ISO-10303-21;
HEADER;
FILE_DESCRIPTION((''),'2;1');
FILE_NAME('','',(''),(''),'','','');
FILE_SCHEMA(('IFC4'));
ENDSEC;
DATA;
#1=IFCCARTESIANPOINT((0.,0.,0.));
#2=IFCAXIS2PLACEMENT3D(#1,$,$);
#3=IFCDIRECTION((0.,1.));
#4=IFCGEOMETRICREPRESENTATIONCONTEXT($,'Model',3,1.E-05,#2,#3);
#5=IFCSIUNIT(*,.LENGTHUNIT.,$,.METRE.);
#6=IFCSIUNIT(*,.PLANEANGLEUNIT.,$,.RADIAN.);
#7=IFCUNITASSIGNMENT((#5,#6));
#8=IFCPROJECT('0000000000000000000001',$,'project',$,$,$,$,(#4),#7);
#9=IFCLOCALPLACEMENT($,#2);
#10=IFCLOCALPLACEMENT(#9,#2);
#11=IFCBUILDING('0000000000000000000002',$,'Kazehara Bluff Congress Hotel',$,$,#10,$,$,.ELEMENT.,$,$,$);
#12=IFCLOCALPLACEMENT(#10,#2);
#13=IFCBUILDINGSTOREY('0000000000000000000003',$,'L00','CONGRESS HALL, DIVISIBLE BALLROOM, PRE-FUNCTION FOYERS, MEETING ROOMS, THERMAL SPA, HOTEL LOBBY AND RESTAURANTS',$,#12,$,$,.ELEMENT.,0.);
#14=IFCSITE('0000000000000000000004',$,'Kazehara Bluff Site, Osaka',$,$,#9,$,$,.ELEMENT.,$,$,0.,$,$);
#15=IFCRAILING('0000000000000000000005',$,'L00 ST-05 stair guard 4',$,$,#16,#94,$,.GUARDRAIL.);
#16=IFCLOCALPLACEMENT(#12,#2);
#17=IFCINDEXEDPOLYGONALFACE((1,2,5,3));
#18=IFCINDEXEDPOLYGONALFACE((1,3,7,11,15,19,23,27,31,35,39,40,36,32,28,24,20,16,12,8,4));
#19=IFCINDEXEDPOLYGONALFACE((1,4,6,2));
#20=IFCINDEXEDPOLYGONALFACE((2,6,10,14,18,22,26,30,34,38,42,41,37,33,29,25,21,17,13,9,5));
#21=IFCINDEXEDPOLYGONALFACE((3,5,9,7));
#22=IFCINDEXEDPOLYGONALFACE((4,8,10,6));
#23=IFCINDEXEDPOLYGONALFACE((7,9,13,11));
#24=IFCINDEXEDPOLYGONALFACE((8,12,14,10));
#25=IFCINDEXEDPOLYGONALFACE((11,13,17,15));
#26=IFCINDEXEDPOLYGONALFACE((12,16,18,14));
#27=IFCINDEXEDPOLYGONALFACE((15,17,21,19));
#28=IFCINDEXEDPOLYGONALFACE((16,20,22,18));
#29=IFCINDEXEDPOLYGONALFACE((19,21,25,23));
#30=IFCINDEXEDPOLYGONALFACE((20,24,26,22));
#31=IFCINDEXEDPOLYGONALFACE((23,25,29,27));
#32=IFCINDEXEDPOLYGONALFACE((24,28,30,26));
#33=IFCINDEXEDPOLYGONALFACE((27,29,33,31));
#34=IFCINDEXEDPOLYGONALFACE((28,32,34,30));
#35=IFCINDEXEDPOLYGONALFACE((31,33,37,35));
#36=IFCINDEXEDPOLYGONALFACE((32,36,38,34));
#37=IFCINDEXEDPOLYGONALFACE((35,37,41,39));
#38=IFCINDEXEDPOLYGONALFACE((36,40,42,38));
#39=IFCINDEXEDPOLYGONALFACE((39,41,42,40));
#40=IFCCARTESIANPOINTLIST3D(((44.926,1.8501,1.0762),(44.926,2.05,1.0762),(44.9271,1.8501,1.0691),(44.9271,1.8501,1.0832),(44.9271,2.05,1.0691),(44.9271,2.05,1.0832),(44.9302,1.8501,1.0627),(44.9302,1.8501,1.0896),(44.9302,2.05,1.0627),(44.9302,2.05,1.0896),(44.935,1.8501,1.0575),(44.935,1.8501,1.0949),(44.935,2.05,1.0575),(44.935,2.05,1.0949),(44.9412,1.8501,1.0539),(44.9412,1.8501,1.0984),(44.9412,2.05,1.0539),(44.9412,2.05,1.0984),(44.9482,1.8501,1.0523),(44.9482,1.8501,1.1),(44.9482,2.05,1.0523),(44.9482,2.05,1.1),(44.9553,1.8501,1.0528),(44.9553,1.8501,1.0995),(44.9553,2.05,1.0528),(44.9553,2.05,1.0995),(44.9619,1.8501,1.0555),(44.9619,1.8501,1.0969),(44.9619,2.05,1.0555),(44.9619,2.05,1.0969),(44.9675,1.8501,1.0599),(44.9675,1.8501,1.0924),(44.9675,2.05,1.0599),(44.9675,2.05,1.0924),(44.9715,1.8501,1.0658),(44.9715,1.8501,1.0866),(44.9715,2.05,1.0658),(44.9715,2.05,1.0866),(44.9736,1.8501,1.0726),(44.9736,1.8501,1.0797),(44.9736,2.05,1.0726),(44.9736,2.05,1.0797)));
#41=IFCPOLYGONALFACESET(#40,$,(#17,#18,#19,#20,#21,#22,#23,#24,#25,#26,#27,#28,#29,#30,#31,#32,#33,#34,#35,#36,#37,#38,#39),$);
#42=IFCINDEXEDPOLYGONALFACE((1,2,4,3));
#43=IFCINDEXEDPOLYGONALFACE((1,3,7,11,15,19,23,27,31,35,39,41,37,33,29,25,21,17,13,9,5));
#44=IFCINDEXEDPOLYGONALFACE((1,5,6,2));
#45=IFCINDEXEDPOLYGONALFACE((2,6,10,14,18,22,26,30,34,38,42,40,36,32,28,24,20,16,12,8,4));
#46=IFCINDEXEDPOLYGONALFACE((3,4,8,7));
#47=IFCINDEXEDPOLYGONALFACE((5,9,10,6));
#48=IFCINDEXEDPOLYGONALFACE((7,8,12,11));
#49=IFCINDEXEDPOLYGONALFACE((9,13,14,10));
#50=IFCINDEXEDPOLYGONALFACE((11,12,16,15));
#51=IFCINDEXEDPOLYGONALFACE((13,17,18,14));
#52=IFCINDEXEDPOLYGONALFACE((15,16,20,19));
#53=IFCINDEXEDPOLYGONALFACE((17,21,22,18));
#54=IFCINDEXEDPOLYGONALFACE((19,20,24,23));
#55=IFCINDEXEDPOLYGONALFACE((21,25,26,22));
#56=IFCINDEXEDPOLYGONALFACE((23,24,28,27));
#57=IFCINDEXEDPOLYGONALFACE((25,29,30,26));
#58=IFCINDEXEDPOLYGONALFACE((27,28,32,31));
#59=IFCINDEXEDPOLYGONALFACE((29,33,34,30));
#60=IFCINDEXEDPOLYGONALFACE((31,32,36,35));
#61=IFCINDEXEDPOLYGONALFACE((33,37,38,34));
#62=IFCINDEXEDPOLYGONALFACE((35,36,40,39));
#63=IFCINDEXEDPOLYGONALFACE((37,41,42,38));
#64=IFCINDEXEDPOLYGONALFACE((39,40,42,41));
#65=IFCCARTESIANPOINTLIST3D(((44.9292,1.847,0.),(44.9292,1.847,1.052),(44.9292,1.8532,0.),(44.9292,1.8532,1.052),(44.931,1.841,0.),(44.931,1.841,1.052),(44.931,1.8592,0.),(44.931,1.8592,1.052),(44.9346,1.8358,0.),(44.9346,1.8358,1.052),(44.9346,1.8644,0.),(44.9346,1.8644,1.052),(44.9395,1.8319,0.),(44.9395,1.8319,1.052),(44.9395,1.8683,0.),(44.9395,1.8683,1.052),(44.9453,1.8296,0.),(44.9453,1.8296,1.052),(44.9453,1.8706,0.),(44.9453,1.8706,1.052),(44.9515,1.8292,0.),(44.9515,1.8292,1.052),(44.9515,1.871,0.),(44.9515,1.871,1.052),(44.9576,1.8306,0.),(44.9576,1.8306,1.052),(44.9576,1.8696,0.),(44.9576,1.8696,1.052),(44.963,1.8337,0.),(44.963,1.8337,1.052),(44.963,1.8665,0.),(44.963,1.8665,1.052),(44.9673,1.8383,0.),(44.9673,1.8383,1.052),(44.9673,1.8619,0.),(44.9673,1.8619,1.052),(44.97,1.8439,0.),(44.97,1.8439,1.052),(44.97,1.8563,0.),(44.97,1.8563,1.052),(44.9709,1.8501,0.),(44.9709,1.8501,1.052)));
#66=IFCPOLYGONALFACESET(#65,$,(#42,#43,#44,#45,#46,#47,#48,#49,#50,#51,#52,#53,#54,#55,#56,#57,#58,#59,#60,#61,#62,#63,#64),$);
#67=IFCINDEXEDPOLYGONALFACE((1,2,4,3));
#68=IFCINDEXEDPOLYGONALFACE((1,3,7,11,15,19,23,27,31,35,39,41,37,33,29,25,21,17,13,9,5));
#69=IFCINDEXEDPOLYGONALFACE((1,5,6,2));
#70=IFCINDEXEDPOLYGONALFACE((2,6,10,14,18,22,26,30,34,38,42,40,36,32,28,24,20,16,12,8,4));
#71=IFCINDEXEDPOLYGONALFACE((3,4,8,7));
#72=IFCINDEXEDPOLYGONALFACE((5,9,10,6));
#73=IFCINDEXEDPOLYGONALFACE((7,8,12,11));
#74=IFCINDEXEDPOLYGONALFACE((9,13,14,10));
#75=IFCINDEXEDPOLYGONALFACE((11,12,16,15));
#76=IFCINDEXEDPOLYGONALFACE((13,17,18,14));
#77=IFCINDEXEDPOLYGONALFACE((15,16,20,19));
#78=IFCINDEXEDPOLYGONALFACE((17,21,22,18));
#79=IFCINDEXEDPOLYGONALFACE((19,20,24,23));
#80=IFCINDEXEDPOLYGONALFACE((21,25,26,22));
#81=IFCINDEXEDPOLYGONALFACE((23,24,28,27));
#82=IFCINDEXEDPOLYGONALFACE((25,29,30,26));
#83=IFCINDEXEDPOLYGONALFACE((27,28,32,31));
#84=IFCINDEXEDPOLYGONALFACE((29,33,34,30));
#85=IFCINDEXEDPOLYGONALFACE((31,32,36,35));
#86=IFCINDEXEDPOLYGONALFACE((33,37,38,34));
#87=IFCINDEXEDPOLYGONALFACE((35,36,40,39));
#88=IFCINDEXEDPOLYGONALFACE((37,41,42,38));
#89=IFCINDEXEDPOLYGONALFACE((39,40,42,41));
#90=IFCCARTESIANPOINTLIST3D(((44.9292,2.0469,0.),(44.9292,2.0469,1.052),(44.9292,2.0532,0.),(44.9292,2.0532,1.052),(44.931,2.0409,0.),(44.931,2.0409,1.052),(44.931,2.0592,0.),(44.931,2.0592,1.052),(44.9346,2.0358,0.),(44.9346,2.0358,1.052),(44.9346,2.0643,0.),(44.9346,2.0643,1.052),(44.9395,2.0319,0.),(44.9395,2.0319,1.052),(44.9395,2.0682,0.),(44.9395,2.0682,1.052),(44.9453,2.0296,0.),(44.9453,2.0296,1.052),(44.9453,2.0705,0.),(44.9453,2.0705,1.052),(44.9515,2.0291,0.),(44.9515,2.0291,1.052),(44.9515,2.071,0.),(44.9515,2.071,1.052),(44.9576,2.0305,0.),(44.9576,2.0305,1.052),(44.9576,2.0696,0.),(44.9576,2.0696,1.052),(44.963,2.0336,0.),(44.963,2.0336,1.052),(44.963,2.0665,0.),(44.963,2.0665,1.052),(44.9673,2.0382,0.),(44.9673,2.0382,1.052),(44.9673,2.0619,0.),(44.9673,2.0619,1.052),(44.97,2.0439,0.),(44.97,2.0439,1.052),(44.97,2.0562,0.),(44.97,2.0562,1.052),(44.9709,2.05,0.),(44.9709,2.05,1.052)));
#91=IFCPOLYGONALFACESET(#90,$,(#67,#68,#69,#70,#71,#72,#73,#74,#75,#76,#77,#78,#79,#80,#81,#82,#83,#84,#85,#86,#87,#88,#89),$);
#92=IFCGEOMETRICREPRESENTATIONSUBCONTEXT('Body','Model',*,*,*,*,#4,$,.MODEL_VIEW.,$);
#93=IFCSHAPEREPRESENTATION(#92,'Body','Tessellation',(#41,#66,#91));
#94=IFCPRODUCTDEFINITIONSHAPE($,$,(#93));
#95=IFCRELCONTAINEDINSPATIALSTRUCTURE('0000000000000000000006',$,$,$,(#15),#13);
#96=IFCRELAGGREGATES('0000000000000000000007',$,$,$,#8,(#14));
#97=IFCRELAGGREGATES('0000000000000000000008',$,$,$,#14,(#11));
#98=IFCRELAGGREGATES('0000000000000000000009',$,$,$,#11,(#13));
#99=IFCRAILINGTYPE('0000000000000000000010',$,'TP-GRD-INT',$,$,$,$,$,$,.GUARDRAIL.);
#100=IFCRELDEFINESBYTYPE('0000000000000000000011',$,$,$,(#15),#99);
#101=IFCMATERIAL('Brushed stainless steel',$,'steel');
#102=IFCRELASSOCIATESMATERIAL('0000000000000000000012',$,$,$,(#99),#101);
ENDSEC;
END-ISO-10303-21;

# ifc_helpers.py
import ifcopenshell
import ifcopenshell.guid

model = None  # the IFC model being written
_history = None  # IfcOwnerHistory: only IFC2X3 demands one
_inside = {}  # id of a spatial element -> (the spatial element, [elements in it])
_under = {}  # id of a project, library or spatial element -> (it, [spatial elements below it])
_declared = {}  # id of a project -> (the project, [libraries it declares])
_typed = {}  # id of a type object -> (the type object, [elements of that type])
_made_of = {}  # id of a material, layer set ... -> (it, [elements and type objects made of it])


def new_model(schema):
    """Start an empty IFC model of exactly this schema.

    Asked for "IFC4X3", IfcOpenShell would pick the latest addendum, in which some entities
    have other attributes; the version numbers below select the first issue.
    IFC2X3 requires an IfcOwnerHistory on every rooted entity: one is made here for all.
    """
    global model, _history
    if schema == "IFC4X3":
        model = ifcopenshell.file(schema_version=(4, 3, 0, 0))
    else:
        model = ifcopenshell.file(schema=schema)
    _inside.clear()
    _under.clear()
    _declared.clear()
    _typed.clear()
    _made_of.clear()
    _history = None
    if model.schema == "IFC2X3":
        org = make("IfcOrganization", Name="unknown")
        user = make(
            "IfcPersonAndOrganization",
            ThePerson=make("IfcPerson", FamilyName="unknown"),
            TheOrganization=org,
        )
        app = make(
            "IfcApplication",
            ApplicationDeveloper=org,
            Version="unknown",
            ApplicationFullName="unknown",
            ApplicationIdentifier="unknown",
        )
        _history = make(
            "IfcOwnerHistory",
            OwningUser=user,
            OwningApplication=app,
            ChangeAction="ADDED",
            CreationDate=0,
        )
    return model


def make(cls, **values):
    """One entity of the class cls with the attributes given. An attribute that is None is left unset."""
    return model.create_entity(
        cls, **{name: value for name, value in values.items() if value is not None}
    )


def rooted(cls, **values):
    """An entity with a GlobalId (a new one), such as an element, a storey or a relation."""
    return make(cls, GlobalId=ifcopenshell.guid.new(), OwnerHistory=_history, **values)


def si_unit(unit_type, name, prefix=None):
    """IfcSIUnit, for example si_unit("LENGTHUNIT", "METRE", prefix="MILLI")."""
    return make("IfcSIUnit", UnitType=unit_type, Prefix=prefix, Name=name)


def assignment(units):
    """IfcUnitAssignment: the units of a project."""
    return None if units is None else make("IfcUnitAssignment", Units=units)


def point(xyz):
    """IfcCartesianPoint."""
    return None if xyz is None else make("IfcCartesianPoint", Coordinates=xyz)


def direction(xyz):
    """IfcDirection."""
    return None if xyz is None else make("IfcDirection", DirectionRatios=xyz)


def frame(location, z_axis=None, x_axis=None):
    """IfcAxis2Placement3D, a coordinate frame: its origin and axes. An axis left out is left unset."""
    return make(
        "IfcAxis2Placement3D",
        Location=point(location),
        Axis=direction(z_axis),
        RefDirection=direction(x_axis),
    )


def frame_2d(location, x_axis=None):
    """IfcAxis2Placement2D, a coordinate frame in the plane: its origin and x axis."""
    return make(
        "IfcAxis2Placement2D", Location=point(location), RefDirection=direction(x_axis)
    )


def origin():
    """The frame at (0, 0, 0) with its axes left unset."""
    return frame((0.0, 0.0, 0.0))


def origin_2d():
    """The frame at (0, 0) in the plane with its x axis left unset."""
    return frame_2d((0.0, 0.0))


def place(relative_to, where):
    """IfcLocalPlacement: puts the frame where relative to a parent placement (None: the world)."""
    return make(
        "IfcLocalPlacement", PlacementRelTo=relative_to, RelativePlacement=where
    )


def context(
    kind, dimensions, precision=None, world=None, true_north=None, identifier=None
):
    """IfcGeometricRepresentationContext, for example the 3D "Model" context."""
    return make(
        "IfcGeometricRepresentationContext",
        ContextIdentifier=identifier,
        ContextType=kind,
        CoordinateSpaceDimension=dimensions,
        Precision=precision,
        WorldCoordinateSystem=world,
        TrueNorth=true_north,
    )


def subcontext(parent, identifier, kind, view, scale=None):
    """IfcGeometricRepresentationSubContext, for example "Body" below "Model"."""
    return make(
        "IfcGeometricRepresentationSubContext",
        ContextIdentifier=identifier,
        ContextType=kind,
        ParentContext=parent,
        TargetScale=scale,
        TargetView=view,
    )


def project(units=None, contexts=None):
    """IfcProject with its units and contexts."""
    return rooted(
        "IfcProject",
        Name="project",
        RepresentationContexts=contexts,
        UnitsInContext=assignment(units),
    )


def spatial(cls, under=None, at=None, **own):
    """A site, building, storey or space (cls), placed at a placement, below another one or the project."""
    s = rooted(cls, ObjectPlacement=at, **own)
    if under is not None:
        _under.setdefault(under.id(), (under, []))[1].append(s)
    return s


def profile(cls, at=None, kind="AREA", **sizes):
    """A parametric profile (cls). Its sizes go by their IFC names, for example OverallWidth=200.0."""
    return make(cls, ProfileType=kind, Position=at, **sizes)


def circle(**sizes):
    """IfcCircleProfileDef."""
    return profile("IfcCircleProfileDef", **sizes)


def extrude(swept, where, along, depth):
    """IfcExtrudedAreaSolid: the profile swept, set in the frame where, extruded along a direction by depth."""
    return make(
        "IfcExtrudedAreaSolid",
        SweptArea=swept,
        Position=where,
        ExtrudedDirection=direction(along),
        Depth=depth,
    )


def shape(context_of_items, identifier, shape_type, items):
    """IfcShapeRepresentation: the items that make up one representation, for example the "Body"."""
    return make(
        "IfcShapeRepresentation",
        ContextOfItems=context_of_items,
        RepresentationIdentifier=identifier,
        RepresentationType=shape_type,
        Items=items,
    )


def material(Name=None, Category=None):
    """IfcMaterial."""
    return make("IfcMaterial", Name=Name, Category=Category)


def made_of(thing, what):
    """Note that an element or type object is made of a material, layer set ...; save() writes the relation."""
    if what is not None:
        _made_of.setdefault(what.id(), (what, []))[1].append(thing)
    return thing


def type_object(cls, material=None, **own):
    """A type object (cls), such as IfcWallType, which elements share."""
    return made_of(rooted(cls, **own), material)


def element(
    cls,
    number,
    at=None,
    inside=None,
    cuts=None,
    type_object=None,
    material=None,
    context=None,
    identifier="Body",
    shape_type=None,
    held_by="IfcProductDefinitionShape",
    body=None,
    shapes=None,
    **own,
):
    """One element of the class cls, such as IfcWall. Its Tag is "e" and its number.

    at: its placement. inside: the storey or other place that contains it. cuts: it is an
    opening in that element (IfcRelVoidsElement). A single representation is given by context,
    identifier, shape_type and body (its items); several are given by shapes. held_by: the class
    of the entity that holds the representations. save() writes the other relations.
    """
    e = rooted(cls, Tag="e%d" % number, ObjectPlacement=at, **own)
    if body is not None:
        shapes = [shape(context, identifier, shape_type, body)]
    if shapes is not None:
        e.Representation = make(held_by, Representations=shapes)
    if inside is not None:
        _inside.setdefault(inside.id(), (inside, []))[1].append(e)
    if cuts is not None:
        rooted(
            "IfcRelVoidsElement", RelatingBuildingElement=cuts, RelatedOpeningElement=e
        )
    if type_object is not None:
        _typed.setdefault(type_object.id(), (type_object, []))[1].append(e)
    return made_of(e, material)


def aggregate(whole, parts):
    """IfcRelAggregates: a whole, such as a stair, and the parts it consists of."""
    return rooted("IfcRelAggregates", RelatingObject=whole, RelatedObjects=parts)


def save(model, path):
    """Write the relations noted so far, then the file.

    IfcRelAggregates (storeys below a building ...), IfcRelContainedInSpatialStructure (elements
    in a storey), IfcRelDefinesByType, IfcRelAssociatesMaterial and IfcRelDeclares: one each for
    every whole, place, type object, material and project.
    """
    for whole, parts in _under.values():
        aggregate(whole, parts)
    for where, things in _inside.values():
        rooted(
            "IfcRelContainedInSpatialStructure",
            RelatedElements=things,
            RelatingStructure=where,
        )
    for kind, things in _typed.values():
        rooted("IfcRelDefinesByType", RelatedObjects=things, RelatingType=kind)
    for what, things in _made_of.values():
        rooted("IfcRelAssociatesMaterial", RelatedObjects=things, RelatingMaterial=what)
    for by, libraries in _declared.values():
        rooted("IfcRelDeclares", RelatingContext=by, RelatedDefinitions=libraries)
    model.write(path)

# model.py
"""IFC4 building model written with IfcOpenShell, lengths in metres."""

from ifc_helpers import new_model, si_unit, direction, frame, origin, origin_2d, place, context, subcontext, project, spatial, circle, extrude, material, type_object, element, save


model = new_model("IFC4")

# Units and contexts
model_context = context("Model", 3, precision=1e-05, world=origin(), true_north=direction((0.0, 1.0)))
body_context = subcontext(model_context, "Body", "Model", "MODEL_VIEW")
ifc_project = project(units=[si_unit("LENGTHUNIT", "METRE"), si_unit("PLANEANGLEUNIT", "RADIAN")], contexts=[model_context])

# Site, building, storey
site_placement = place(None, origin())
site = spatial("IfcSite", under=ifc_project, at=site_placement, Name="Kazehara Bluff Site, Osaka", CompositionType="ELEMENT", RefElevation=0.0)
building_placement = place(site_placement, origin())
building = spatial("IfcBuilding", under=site, at=building_placement, Name="Kazehara Bluff Congress Hotel", CompositionType="ELEMENT")
storey_placement = place(building_placement, origin())
storey = spatial("IfcBuildingStorey", under=building, at=storey_placement, Name="L00", Description="CONGRESS HALL, DIVISIBLE BALLROOM, PRE-FUNCTION FOYERS, MEETING ROOMS, THERMAL SPA, HOTEL LOBBY AND RESTAURANTS", CompositionType="ELEMENT", Elevation=0.0)

# Railing
ifc_material_1 = material(Name="Brushed stainless steel", Category="steel")
railing_type_1 = type_object("IfcRailingType", Name="TP-GRD-INT", PredefinedType="GUARDRAIL", material=ifc_material_1)
railing_1_placement = place(storey_placement, frame((44.95, 1.8501, 0.0)))
element("IfcRailing", 1, at=railing_1_placement, inside=storey, type_object=railing_type_1, Name="L00 ST-05 stair guard 4", PredefinedType="GUARDRAIL", context=body_context, shape_type="SweptSolid", body=[
    extrude(circle(Radius=0.0239, at=origin_2d()), frame((0.0, 0.0, 1.0762), z_axis=(0.0, 1.0, 0.0), x_axis=(-1.0, 0.0, 0.0)), (0.0, 0.0, 1.0), 0.2),
    extrude(circle(Radius=0.021, at=origin_2d()), origin(), (0.0, 0.0, 1.0), 1.052),
    extrude(circle(Radius=0.021, at=origin_2d()), frame((0.0, 0.2, 0.0)), (0.0, 0.0, 1.0), 1.052),
])

save(model, "model.ifc")
